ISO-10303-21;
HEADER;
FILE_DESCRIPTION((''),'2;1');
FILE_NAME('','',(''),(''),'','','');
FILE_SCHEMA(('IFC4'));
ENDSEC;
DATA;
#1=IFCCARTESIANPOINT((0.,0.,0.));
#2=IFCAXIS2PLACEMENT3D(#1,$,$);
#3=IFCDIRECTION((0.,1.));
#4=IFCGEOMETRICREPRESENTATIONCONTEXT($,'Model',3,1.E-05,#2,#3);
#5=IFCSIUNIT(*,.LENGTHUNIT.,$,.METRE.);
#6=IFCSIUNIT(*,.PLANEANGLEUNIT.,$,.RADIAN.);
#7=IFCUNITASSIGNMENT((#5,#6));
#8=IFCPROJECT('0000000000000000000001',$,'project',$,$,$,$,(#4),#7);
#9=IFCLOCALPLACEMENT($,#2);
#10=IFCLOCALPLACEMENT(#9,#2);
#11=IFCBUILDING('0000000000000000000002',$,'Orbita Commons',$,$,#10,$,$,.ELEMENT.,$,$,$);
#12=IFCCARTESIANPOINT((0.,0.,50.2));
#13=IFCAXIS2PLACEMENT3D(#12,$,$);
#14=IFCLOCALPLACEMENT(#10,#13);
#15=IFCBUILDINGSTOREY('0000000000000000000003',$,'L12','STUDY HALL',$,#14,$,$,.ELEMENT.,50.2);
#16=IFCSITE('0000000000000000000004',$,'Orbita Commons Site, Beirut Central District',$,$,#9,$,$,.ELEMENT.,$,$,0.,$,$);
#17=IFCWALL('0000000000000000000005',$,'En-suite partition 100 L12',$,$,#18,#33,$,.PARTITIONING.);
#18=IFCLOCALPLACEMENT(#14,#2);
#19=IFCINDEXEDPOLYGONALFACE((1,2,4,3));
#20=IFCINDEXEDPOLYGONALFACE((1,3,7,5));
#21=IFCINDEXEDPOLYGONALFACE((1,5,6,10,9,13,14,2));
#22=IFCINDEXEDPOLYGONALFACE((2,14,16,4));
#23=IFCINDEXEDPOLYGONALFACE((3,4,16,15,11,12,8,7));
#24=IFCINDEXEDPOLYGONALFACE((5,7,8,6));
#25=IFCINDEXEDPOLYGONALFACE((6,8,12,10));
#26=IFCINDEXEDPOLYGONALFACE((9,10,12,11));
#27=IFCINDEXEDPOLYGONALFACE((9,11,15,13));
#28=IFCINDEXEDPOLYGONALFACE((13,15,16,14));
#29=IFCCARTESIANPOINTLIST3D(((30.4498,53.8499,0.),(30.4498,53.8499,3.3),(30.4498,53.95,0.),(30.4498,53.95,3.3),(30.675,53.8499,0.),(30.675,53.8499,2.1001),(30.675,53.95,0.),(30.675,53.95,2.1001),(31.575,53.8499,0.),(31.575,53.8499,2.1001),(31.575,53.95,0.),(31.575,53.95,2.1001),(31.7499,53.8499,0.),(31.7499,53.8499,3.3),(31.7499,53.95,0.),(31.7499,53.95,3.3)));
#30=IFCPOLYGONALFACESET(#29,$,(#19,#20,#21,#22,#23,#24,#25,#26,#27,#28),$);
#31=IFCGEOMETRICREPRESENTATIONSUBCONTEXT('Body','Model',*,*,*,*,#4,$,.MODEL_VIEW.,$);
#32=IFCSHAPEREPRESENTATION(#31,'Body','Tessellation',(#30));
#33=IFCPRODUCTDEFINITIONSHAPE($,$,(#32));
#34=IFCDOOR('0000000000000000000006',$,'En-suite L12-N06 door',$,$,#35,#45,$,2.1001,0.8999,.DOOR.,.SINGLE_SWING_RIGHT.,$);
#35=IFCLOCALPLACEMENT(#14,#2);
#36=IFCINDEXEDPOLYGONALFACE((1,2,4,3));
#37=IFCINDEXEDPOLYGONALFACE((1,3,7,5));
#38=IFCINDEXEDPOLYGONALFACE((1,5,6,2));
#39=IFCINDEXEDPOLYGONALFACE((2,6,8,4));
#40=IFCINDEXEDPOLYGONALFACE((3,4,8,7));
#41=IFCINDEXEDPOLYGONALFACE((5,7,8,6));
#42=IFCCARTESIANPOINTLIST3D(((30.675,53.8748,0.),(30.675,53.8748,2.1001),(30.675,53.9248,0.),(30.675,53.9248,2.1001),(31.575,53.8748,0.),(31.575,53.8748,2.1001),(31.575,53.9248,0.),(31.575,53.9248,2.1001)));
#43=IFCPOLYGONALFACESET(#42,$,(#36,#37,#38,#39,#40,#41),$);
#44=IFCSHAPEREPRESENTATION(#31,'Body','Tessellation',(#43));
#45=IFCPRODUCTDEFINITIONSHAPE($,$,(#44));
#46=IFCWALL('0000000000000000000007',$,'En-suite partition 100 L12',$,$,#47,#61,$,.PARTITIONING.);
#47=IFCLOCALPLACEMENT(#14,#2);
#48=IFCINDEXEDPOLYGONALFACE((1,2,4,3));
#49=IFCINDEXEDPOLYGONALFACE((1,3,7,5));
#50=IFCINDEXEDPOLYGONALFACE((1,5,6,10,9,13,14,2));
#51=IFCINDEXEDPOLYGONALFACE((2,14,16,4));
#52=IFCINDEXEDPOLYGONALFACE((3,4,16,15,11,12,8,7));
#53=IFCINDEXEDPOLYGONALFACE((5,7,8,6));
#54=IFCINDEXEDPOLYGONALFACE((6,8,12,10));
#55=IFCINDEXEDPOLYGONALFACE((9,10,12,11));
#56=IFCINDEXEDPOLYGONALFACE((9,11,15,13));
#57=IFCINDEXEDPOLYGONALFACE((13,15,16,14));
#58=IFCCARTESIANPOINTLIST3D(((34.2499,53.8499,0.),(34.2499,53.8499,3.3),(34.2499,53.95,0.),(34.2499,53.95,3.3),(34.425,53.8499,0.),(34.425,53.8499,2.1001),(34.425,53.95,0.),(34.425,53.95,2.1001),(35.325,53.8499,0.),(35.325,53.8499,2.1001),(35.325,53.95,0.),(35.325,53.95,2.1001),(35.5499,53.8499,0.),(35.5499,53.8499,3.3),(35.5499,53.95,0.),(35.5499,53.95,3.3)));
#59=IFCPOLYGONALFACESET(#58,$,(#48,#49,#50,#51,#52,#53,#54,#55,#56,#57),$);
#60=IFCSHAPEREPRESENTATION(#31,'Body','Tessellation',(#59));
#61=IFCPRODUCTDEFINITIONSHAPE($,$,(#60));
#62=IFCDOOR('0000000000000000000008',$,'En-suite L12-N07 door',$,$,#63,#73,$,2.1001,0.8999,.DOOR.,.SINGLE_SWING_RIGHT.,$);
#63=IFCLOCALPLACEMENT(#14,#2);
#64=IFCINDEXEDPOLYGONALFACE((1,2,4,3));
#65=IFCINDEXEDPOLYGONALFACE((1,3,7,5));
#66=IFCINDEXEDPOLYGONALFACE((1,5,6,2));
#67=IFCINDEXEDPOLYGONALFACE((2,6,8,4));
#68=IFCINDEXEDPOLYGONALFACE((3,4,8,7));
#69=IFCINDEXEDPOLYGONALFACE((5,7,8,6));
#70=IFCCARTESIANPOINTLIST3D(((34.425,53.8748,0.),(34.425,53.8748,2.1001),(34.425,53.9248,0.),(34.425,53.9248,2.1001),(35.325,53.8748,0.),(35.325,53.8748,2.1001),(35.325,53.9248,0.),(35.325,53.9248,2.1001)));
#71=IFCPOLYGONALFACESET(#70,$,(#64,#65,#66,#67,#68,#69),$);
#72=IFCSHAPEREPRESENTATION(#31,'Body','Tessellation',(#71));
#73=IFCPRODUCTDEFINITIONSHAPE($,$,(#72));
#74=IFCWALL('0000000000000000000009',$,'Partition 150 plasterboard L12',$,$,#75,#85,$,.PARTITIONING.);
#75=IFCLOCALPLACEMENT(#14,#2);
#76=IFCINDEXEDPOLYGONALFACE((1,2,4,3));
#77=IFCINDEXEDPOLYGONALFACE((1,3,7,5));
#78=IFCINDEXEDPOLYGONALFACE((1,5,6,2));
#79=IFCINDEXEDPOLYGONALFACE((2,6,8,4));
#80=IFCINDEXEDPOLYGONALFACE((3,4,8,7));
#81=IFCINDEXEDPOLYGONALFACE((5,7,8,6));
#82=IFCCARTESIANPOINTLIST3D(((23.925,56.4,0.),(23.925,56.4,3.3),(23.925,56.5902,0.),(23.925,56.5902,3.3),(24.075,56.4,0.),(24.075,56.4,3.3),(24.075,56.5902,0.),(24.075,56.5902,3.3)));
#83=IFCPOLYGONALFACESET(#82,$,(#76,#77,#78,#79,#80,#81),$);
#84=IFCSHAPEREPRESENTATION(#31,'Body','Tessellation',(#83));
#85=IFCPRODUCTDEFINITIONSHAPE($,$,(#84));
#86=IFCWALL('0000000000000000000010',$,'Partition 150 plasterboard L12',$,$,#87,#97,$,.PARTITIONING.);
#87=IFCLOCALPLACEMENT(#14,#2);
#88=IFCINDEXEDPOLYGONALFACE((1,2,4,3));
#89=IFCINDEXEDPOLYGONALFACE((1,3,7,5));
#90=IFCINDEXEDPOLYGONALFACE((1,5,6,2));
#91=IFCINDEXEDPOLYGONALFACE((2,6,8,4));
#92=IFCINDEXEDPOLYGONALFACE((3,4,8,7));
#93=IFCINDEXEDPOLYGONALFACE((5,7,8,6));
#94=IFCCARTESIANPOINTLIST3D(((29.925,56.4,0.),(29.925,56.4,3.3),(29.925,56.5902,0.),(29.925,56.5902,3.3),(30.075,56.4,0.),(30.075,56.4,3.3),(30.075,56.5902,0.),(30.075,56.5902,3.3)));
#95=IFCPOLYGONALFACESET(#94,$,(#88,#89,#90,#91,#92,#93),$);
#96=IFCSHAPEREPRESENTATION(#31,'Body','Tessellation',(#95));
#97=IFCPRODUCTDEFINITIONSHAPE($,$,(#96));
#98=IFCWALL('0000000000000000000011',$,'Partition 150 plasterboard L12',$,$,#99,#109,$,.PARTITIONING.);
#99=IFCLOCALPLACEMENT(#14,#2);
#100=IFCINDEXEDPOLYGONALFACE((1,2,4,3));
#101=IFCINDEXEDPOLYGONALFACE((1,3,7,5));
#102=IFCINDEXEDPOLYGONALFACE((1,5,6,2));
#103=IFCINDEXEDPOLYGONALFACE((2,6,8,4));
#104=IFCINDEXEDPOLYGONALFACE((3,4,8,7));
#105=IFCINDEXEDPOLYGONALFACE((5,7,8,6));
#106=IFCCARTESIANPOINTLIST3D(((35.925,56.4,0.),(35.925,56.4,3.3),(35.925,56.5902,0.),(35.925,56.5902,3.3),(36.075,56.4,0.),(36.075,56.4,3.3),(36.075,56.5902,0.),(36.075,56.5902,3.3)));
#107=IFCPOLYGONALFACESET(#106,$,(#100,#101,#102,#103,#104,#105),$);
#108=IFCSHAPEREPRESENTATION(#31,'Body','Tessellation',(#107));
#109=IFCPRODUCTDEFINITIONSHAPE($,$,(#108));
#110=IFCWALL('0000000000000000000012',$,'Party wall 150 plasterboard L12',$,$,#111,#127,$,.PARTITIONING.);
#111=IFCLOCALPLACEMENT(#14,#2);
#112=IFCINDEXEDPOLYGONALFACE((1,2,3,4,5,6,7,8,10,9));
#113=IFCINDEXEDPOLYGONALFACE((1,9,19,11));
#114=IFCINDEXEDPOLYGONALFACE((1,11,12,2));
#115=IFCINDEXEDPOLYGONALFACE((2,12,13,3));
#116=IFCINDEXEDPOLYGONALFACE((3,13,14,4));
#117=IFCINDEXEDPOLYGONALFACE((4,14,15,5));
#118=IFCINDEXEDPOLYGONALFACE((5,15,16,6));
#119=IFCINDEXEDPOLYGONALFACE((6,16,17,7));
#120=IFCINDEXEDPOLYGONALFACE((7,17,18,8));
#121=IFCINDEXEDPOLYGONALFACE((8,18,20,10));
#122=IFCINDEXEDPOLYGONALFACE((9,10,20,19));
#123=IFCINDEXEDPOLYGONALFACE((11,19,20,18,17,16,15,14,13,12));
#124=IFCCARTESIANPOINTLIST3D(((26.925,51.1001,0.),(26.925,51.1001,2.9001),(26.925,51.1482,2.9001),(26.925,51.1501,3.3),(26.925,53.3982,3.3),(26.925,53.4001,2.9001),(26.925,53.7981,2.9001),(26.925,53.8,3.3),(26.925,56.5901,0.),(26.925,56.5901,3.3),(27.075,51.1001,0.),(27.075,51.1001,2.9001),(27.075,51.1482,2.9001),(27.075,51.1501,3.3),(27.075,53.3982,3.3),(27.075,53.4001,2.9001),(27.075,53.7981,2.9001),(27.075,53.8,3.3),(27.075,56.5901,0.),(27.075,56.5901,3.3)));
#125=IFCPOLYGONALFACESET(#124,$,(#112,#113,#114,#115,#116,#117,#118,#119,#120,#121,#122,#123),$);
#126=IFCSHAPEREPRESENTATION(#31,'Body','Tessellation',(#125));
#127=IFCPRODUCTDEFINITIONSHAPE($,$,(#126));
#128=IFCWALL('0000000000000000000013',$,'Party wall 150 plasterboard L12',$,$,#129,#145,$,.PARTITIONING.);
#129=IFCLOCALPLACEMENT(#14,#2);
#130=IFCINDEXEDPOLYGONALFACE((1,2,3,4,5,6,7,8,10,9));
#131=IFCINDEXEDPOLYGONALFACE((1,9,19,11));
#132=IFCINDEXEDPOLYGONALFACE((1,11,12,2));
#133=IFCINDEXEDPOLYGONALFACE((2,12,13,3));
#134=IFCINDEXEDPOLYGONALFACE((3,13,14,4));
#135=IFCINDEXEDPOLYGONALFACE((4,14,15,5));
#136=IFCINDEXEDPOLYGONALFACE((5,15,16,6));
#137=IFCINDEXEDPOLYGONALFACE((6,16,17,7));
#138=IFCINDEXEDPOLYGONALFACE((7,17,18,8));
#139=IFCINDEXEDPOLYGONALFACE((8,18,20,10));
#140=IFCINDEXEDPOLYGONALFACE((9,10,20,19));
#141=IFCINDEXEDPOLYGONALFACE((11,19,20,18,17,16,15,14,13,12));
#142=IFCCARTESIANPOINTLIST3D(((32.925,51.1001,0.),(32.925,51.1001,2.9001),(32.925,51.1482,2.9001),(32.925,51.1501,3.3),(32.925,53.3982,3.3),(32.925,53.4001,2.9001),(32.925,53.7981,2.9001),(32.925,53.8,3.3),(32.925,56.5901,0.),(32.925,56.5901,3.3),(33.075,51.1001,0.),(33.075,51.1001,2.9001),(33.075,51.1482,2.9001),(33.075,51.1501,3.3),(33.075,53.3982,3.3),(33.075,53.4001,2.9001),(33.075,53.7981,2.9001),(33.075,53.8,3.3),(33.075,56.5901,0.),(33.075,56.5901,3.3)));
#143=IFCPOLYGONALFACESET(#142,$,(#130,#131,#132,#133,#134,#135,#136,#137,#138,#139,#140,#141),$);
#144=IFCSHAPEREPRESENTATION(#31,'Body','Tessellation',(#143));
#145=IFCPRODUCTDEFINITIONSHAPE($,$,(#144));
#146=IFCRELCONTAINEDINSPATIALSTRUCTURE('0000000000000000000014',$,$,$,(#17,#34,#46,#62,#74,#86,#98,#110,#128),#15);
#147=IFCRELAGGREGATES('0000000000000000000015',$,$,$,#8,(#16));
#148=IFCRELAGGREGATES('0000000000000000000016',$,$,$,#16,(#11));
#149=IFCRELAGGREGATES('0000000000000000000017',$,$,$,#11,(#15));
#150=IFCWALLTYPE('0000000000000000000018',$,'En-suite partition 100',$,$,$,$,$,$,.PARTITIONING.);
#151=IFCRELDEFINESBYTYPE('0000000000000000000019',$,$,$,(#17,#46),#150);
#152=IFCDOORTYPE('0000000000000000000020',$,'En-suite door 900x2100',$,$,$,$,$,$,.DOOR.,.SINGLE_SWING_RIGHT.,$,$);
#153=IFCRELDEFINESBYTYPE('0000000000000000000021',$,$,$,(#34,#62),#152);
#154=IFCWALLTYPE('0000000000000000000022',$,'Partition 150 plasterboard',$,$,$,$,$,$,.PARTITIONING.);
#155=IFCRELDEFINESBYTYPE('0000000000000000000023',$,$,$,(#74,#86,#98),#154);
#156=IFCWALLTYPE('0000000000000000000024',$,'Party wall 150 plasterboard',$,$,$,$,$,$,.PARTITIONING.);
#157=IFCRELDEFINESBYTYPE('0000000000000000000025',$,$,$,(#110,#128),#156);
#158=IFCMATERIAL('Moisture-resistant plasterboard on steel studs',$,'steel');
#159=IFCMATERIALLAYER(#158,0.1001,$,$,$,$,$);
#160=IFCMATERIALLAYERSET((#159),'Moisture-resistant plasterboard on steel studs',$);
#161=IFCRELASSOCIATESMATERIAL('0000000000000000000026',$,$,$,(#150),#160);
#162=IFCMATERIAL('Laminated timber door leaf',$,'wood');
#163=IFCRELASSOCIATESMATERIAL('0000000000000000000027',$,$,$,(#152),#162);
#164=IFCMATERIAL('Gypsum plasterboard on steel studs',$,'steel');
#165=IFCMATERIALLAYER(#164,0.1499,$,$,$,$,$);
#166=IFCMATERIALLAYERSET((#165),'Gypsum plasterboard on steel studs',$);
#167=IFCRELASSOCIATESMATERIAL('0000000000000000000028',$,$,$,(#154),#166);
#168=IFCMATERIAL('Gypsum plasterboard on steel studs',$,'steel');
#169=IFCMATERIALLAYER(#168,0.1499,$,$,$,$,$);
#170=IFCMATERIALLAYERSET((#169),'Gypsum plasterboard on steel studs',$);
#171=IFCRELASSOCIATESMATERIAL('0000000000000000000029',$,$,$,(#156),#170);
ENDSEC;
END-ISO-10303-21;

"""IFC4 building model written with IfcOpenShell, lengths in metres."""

from ifc_helpers import new_model, si_unit, direction, frame, frame_2d, origin, place, context, subcontext, project, spatial, polyline, rectangle, outline, extrude, material, layer, layer_set, type_object, element, fill, save


model = new_model("IFC4")

# Units and contexts
model_context = context("Model", 3, precision=1e-05, world=origin(), true_north=direction((0.0, 1.0)))
body_context = subcontext(model_context, "Body", "Model", "MODEL_VIEW")
ifc_project = project(units=[si_unit("LENGTHUNIT", "METRE"), si_unit("PLANEANGLEUNIT", "RADIAN")], contexts=[model_context])

# Site, building, storey
site_placement = place(None, origin())
site = spatial("IfcSite", under=ifc_project, at=site_placement, Name="Orbita Commons Site, Beirut Central District", CompositionType="ELEMENT", RefElevation=0.0)
building_placement = place(site_placement, origin())
building = spatial("IfcBuilding", under=site, at=building_placement, Name="Orbita Commons", CompositionType="ELEMENT")
storey_placement = place(building_placement, frame((0.0, 0.0, 50.2)))
storey = spatial("IfcBuildingStorey", under=building, at=storey_placement, Name="L12", Description="STUDY HALL", CompositionType="ELEMENT", Elevation=50.2)

# Walls, openings, doors
ifc_material_1 = material(Name="Moisture-resistant plasterboard on steel studs", Category="steel")
ifc_layer_1 = layer(ifc_material_1, 0.1001)
ifc_layer_set_1 = layer_set([ifc_layer_1], Name="Moisture-resistant plasterboard on steel studs")
wall_type_1 = type_object("IfcWallType", Name="En-suite partition 100", PredefinedType="PARTITIONING", material=ifc_layer_set_1)
ifc_material_2 = material(Name="Laminated timber door leaf", Category="wood")
door_type = type_object("IfcDoorType", Name="En-suite door 900x2100", OperationType="SINGLE_SWING_RIGHT", PredefinedType="DOOR", material=ifc_material_2)
wall_1_placement = place(storey_placement, frame((30.45, 53.8999, 0.0), z_axis=(0.0, 0.0, 1.0), x_axis=(1.0, 0.0, 0.0)))
wall_1 = element("IfcWall", 1, at=wall_1_placement, inside=storey, type_object=wall_type_1, Name="En-suite partition 100 L12", PredefinedType="PARTITIONING", context=body_context, shape_type="SweptSolid", body=[
    extrude(rectangle(XDim=1.3, YDim=0.1001, at=frame_2d((0.6499, 0.0))), origin(), (0.0, 0.0, 1.0), 3.3),
])
opening_1_placement = place(wall_1_placement, frame((0.2251, 0.0, 0.0)))
opening_1 = element("IfcOpeningElement", 2, at=opening_1_placement, cuts=wall_1, PredefinedType="OPENING", context=body_context, shape_type="SweptSolid", body=[
    extrude(rectangle(XDim=0.8999, YDim=2.1001, at=frame_2d((0.45, 1.05))), frame((0.0, 0.0601, 0.0), z_axis=(0.0, -1.0, 0.0), x_axis=(1.0, 0.0, 0.0)), (0.0, 0.0, 1.0), 0.1201),
])
door_1_placement = place(opening_1_placement, origin())
door_1 = element("IfcDoor", 3, at=door_1_placement, inside=storey, type_object=door_type, Name="En-suite L12-N06 door", OperationType="SINGLE_SWING_RIGHT", OverallHeight=2.1001, OverallWidth=0.8999, PredefinedType="DOOR", context=body_context, shape_type="SweptSolid", body=[
    extrude(rectangle(XDim=0.8999, YDim=2.1001, at=frame_2d((0.45, 1.05))), frame((0.0, 0.0249, 0.0), z_axis=(0.0, -1.0, 0.0), x_axis=(1.0, 0.0, 0.0)), (0.0, 0.0, 1.0), 0.05),
])
fill(opening_1, door_1)
wall_2_placement = place(storey_placement, frame((34.25, 53.8999, 0.0), z_axis=(0.0, 0.0, 1.0), x_axis=(1.0, 0.0, 0.0)))
wall_2 = element("IfcWall", 4, at=wall_2_placement, inside=storey, type_object=wall_type_1, Name="En-suite partition 100 L12", PredefinedType="PARTITIONING", context=body_context, shape_type="SweptSolid", body=[
    extrude(rectangle(XDim=1.3, YDim=0.1001, at=frame_2d((0.6499, 0.0))), origin(), (0.0, 0.0, 1.0), 3.3),
])
opening_2_placement = place(wall_2_placement, frame((0.175, 0.0, 0.0)))
opening_2 = element("IfcOpeningElement", 5, at=opening_2_placement, cuts=wall_2, PredefinedType="OPENING", context=body_context, shape_type="SweptSolid", body=[
    extrude(rectangle(XDim=0.8999, YDim=2.1001, at=frame_2d((0.45, 1.05))), frame((0.0, 0.0601, 0.0), z_axis=(0.0, -1.0, 0.0), x_axis=(1.0, 0.0, 0.0)), (0.0, 0.0, 1.0), 0.1201),
])
door_2_placement = place(opening_2_placement, origin())
door_2 = element("IfcDoor", 6, at=door_2_placement, inside=storey, type_object=door_type, Name="En-suite L12-N07 door", OperationType="SINGLE_SWING_RIGHT", OverallHeight=2.1001, OverallWidth=0.8999, PredefinedType="DOOR", context=body_context, shape_type="SweptSolid", body=[
    extrude(rectangle(XDim=0.8999, YDim=2.1001, at=frame_2d((0.45, 1.05))), frame((0.0, 0.0249, 0.0), z_axis=(0.0, -1.0, 0.0), x_axis=(1.0, 0.0, 0.0)), (0.0, 0.0, 1.0), 0.05),
])
fill(opening_2, door_2)

# Walls
ifc_material_3 = material(Name="Gypsum plasterboard on steel studs", Category="steel")
ifc_layer_2 = layer(ifc_material_3, 0.1499)
ifc_layer_set_2 = layer_set([ifc_layer_2], Name="Gypsum plasterboard on steel studs")
wall_type_2 = type_object("IfcWallType", Name="Partition 150 plasterboard", PredefinedType="PARTITIONING", material=ifc_layer_set_2)
for number, where, z_axis, x_axis, name in (
    (7, (24.0, 56.3999, 0.0), (0.0, 0.0, 1.0), (0.0, 1.0, 0.0), "Partition 150 plasterboard L12"),
    (8, (30.0, 56.3999, 0.0), (0.0, 0.0, 1.0), (0.0, 1.0, 0.0), "Partition 150 plasterboard L12"),
    (9, (36.0, 56.3999, 0.0), (0.0, 0.0, 1.0), (0.0, 1.0, 0.0), "Partition 150 plasterboard L12"),
):
    element("IfcWall", number, at=place(storey_placement, frame(where, z_axis=z_axis, x_axis=x_axis)), inside=storey, type_object=wall_type_2, Name=name, PredefinedType="PARTITIONING", context=body_context, shape_type="SweptSolid", body=[
        extrude(rectangle(XDim=0.1902, YDim=0.1499, at=frame_2d((0.0952, 0.0))), origin(), (0.0, 0.0, 1.0), 3.3),
    ])
ifc_material_4 = material(Name="Gypsum plasterboard on steel studs", Category="steel")
ifc_layer_3 = layer(ifc_material_4, 0.1499)
ifc_layer_set_3 = layer_set([ifc_layer_3], Name="Gypsum plasterboard on steel studs")
wall_type_3 = type_object("IfcWallType", Name="Party wall 150 plasterboard", PredefinedType="PARTITIONING", material=ifc_layer_set_3)
for number, where, z_axis, x_axis, name in (
    (10, (27.0, 56.5901, 0.0), (0.0, 0.0, 1.0), (0.0, -1.0, 0.0), "Party wall 150 plasterboard L12"),
    (11, (33.0, 56.5901, 0.0), (0.0, 0.0, 1.0), (0.0, -1.0, 0.0), "Party wall 150 plasterboard L12"),
):
    element("IfcWall", number, at=place(storey_placement, frame(where, z_axis=z_axis, x_axis=x_axis)), inside=storey, type_object=wall_type_3, Name=name, PredefinedType="PARTITIONING", context=body_context, shape_type="SweptSolid", body=[
        extrude(outline(polyline([(0.0, 0.0), (5.49, 0.0), (5.49, 2.9001), (5.4419, 2.9001), (5.4399, 3.3), (3.1919, 3.3), (3.1899, 2.9001), (2.792, 2.9001), (2.79, 3.3), (0.0, 3.3), (0.0, 0.0)])), frame((0.0, 0.075, 0.0), z_axis=(0.0, -1.0, 0.0), x_axis=(1.0, 0.0, 0.0)), (0.0, 0.0, 1.0), 0.1499),
    ])

save(model, "model.ifc")
